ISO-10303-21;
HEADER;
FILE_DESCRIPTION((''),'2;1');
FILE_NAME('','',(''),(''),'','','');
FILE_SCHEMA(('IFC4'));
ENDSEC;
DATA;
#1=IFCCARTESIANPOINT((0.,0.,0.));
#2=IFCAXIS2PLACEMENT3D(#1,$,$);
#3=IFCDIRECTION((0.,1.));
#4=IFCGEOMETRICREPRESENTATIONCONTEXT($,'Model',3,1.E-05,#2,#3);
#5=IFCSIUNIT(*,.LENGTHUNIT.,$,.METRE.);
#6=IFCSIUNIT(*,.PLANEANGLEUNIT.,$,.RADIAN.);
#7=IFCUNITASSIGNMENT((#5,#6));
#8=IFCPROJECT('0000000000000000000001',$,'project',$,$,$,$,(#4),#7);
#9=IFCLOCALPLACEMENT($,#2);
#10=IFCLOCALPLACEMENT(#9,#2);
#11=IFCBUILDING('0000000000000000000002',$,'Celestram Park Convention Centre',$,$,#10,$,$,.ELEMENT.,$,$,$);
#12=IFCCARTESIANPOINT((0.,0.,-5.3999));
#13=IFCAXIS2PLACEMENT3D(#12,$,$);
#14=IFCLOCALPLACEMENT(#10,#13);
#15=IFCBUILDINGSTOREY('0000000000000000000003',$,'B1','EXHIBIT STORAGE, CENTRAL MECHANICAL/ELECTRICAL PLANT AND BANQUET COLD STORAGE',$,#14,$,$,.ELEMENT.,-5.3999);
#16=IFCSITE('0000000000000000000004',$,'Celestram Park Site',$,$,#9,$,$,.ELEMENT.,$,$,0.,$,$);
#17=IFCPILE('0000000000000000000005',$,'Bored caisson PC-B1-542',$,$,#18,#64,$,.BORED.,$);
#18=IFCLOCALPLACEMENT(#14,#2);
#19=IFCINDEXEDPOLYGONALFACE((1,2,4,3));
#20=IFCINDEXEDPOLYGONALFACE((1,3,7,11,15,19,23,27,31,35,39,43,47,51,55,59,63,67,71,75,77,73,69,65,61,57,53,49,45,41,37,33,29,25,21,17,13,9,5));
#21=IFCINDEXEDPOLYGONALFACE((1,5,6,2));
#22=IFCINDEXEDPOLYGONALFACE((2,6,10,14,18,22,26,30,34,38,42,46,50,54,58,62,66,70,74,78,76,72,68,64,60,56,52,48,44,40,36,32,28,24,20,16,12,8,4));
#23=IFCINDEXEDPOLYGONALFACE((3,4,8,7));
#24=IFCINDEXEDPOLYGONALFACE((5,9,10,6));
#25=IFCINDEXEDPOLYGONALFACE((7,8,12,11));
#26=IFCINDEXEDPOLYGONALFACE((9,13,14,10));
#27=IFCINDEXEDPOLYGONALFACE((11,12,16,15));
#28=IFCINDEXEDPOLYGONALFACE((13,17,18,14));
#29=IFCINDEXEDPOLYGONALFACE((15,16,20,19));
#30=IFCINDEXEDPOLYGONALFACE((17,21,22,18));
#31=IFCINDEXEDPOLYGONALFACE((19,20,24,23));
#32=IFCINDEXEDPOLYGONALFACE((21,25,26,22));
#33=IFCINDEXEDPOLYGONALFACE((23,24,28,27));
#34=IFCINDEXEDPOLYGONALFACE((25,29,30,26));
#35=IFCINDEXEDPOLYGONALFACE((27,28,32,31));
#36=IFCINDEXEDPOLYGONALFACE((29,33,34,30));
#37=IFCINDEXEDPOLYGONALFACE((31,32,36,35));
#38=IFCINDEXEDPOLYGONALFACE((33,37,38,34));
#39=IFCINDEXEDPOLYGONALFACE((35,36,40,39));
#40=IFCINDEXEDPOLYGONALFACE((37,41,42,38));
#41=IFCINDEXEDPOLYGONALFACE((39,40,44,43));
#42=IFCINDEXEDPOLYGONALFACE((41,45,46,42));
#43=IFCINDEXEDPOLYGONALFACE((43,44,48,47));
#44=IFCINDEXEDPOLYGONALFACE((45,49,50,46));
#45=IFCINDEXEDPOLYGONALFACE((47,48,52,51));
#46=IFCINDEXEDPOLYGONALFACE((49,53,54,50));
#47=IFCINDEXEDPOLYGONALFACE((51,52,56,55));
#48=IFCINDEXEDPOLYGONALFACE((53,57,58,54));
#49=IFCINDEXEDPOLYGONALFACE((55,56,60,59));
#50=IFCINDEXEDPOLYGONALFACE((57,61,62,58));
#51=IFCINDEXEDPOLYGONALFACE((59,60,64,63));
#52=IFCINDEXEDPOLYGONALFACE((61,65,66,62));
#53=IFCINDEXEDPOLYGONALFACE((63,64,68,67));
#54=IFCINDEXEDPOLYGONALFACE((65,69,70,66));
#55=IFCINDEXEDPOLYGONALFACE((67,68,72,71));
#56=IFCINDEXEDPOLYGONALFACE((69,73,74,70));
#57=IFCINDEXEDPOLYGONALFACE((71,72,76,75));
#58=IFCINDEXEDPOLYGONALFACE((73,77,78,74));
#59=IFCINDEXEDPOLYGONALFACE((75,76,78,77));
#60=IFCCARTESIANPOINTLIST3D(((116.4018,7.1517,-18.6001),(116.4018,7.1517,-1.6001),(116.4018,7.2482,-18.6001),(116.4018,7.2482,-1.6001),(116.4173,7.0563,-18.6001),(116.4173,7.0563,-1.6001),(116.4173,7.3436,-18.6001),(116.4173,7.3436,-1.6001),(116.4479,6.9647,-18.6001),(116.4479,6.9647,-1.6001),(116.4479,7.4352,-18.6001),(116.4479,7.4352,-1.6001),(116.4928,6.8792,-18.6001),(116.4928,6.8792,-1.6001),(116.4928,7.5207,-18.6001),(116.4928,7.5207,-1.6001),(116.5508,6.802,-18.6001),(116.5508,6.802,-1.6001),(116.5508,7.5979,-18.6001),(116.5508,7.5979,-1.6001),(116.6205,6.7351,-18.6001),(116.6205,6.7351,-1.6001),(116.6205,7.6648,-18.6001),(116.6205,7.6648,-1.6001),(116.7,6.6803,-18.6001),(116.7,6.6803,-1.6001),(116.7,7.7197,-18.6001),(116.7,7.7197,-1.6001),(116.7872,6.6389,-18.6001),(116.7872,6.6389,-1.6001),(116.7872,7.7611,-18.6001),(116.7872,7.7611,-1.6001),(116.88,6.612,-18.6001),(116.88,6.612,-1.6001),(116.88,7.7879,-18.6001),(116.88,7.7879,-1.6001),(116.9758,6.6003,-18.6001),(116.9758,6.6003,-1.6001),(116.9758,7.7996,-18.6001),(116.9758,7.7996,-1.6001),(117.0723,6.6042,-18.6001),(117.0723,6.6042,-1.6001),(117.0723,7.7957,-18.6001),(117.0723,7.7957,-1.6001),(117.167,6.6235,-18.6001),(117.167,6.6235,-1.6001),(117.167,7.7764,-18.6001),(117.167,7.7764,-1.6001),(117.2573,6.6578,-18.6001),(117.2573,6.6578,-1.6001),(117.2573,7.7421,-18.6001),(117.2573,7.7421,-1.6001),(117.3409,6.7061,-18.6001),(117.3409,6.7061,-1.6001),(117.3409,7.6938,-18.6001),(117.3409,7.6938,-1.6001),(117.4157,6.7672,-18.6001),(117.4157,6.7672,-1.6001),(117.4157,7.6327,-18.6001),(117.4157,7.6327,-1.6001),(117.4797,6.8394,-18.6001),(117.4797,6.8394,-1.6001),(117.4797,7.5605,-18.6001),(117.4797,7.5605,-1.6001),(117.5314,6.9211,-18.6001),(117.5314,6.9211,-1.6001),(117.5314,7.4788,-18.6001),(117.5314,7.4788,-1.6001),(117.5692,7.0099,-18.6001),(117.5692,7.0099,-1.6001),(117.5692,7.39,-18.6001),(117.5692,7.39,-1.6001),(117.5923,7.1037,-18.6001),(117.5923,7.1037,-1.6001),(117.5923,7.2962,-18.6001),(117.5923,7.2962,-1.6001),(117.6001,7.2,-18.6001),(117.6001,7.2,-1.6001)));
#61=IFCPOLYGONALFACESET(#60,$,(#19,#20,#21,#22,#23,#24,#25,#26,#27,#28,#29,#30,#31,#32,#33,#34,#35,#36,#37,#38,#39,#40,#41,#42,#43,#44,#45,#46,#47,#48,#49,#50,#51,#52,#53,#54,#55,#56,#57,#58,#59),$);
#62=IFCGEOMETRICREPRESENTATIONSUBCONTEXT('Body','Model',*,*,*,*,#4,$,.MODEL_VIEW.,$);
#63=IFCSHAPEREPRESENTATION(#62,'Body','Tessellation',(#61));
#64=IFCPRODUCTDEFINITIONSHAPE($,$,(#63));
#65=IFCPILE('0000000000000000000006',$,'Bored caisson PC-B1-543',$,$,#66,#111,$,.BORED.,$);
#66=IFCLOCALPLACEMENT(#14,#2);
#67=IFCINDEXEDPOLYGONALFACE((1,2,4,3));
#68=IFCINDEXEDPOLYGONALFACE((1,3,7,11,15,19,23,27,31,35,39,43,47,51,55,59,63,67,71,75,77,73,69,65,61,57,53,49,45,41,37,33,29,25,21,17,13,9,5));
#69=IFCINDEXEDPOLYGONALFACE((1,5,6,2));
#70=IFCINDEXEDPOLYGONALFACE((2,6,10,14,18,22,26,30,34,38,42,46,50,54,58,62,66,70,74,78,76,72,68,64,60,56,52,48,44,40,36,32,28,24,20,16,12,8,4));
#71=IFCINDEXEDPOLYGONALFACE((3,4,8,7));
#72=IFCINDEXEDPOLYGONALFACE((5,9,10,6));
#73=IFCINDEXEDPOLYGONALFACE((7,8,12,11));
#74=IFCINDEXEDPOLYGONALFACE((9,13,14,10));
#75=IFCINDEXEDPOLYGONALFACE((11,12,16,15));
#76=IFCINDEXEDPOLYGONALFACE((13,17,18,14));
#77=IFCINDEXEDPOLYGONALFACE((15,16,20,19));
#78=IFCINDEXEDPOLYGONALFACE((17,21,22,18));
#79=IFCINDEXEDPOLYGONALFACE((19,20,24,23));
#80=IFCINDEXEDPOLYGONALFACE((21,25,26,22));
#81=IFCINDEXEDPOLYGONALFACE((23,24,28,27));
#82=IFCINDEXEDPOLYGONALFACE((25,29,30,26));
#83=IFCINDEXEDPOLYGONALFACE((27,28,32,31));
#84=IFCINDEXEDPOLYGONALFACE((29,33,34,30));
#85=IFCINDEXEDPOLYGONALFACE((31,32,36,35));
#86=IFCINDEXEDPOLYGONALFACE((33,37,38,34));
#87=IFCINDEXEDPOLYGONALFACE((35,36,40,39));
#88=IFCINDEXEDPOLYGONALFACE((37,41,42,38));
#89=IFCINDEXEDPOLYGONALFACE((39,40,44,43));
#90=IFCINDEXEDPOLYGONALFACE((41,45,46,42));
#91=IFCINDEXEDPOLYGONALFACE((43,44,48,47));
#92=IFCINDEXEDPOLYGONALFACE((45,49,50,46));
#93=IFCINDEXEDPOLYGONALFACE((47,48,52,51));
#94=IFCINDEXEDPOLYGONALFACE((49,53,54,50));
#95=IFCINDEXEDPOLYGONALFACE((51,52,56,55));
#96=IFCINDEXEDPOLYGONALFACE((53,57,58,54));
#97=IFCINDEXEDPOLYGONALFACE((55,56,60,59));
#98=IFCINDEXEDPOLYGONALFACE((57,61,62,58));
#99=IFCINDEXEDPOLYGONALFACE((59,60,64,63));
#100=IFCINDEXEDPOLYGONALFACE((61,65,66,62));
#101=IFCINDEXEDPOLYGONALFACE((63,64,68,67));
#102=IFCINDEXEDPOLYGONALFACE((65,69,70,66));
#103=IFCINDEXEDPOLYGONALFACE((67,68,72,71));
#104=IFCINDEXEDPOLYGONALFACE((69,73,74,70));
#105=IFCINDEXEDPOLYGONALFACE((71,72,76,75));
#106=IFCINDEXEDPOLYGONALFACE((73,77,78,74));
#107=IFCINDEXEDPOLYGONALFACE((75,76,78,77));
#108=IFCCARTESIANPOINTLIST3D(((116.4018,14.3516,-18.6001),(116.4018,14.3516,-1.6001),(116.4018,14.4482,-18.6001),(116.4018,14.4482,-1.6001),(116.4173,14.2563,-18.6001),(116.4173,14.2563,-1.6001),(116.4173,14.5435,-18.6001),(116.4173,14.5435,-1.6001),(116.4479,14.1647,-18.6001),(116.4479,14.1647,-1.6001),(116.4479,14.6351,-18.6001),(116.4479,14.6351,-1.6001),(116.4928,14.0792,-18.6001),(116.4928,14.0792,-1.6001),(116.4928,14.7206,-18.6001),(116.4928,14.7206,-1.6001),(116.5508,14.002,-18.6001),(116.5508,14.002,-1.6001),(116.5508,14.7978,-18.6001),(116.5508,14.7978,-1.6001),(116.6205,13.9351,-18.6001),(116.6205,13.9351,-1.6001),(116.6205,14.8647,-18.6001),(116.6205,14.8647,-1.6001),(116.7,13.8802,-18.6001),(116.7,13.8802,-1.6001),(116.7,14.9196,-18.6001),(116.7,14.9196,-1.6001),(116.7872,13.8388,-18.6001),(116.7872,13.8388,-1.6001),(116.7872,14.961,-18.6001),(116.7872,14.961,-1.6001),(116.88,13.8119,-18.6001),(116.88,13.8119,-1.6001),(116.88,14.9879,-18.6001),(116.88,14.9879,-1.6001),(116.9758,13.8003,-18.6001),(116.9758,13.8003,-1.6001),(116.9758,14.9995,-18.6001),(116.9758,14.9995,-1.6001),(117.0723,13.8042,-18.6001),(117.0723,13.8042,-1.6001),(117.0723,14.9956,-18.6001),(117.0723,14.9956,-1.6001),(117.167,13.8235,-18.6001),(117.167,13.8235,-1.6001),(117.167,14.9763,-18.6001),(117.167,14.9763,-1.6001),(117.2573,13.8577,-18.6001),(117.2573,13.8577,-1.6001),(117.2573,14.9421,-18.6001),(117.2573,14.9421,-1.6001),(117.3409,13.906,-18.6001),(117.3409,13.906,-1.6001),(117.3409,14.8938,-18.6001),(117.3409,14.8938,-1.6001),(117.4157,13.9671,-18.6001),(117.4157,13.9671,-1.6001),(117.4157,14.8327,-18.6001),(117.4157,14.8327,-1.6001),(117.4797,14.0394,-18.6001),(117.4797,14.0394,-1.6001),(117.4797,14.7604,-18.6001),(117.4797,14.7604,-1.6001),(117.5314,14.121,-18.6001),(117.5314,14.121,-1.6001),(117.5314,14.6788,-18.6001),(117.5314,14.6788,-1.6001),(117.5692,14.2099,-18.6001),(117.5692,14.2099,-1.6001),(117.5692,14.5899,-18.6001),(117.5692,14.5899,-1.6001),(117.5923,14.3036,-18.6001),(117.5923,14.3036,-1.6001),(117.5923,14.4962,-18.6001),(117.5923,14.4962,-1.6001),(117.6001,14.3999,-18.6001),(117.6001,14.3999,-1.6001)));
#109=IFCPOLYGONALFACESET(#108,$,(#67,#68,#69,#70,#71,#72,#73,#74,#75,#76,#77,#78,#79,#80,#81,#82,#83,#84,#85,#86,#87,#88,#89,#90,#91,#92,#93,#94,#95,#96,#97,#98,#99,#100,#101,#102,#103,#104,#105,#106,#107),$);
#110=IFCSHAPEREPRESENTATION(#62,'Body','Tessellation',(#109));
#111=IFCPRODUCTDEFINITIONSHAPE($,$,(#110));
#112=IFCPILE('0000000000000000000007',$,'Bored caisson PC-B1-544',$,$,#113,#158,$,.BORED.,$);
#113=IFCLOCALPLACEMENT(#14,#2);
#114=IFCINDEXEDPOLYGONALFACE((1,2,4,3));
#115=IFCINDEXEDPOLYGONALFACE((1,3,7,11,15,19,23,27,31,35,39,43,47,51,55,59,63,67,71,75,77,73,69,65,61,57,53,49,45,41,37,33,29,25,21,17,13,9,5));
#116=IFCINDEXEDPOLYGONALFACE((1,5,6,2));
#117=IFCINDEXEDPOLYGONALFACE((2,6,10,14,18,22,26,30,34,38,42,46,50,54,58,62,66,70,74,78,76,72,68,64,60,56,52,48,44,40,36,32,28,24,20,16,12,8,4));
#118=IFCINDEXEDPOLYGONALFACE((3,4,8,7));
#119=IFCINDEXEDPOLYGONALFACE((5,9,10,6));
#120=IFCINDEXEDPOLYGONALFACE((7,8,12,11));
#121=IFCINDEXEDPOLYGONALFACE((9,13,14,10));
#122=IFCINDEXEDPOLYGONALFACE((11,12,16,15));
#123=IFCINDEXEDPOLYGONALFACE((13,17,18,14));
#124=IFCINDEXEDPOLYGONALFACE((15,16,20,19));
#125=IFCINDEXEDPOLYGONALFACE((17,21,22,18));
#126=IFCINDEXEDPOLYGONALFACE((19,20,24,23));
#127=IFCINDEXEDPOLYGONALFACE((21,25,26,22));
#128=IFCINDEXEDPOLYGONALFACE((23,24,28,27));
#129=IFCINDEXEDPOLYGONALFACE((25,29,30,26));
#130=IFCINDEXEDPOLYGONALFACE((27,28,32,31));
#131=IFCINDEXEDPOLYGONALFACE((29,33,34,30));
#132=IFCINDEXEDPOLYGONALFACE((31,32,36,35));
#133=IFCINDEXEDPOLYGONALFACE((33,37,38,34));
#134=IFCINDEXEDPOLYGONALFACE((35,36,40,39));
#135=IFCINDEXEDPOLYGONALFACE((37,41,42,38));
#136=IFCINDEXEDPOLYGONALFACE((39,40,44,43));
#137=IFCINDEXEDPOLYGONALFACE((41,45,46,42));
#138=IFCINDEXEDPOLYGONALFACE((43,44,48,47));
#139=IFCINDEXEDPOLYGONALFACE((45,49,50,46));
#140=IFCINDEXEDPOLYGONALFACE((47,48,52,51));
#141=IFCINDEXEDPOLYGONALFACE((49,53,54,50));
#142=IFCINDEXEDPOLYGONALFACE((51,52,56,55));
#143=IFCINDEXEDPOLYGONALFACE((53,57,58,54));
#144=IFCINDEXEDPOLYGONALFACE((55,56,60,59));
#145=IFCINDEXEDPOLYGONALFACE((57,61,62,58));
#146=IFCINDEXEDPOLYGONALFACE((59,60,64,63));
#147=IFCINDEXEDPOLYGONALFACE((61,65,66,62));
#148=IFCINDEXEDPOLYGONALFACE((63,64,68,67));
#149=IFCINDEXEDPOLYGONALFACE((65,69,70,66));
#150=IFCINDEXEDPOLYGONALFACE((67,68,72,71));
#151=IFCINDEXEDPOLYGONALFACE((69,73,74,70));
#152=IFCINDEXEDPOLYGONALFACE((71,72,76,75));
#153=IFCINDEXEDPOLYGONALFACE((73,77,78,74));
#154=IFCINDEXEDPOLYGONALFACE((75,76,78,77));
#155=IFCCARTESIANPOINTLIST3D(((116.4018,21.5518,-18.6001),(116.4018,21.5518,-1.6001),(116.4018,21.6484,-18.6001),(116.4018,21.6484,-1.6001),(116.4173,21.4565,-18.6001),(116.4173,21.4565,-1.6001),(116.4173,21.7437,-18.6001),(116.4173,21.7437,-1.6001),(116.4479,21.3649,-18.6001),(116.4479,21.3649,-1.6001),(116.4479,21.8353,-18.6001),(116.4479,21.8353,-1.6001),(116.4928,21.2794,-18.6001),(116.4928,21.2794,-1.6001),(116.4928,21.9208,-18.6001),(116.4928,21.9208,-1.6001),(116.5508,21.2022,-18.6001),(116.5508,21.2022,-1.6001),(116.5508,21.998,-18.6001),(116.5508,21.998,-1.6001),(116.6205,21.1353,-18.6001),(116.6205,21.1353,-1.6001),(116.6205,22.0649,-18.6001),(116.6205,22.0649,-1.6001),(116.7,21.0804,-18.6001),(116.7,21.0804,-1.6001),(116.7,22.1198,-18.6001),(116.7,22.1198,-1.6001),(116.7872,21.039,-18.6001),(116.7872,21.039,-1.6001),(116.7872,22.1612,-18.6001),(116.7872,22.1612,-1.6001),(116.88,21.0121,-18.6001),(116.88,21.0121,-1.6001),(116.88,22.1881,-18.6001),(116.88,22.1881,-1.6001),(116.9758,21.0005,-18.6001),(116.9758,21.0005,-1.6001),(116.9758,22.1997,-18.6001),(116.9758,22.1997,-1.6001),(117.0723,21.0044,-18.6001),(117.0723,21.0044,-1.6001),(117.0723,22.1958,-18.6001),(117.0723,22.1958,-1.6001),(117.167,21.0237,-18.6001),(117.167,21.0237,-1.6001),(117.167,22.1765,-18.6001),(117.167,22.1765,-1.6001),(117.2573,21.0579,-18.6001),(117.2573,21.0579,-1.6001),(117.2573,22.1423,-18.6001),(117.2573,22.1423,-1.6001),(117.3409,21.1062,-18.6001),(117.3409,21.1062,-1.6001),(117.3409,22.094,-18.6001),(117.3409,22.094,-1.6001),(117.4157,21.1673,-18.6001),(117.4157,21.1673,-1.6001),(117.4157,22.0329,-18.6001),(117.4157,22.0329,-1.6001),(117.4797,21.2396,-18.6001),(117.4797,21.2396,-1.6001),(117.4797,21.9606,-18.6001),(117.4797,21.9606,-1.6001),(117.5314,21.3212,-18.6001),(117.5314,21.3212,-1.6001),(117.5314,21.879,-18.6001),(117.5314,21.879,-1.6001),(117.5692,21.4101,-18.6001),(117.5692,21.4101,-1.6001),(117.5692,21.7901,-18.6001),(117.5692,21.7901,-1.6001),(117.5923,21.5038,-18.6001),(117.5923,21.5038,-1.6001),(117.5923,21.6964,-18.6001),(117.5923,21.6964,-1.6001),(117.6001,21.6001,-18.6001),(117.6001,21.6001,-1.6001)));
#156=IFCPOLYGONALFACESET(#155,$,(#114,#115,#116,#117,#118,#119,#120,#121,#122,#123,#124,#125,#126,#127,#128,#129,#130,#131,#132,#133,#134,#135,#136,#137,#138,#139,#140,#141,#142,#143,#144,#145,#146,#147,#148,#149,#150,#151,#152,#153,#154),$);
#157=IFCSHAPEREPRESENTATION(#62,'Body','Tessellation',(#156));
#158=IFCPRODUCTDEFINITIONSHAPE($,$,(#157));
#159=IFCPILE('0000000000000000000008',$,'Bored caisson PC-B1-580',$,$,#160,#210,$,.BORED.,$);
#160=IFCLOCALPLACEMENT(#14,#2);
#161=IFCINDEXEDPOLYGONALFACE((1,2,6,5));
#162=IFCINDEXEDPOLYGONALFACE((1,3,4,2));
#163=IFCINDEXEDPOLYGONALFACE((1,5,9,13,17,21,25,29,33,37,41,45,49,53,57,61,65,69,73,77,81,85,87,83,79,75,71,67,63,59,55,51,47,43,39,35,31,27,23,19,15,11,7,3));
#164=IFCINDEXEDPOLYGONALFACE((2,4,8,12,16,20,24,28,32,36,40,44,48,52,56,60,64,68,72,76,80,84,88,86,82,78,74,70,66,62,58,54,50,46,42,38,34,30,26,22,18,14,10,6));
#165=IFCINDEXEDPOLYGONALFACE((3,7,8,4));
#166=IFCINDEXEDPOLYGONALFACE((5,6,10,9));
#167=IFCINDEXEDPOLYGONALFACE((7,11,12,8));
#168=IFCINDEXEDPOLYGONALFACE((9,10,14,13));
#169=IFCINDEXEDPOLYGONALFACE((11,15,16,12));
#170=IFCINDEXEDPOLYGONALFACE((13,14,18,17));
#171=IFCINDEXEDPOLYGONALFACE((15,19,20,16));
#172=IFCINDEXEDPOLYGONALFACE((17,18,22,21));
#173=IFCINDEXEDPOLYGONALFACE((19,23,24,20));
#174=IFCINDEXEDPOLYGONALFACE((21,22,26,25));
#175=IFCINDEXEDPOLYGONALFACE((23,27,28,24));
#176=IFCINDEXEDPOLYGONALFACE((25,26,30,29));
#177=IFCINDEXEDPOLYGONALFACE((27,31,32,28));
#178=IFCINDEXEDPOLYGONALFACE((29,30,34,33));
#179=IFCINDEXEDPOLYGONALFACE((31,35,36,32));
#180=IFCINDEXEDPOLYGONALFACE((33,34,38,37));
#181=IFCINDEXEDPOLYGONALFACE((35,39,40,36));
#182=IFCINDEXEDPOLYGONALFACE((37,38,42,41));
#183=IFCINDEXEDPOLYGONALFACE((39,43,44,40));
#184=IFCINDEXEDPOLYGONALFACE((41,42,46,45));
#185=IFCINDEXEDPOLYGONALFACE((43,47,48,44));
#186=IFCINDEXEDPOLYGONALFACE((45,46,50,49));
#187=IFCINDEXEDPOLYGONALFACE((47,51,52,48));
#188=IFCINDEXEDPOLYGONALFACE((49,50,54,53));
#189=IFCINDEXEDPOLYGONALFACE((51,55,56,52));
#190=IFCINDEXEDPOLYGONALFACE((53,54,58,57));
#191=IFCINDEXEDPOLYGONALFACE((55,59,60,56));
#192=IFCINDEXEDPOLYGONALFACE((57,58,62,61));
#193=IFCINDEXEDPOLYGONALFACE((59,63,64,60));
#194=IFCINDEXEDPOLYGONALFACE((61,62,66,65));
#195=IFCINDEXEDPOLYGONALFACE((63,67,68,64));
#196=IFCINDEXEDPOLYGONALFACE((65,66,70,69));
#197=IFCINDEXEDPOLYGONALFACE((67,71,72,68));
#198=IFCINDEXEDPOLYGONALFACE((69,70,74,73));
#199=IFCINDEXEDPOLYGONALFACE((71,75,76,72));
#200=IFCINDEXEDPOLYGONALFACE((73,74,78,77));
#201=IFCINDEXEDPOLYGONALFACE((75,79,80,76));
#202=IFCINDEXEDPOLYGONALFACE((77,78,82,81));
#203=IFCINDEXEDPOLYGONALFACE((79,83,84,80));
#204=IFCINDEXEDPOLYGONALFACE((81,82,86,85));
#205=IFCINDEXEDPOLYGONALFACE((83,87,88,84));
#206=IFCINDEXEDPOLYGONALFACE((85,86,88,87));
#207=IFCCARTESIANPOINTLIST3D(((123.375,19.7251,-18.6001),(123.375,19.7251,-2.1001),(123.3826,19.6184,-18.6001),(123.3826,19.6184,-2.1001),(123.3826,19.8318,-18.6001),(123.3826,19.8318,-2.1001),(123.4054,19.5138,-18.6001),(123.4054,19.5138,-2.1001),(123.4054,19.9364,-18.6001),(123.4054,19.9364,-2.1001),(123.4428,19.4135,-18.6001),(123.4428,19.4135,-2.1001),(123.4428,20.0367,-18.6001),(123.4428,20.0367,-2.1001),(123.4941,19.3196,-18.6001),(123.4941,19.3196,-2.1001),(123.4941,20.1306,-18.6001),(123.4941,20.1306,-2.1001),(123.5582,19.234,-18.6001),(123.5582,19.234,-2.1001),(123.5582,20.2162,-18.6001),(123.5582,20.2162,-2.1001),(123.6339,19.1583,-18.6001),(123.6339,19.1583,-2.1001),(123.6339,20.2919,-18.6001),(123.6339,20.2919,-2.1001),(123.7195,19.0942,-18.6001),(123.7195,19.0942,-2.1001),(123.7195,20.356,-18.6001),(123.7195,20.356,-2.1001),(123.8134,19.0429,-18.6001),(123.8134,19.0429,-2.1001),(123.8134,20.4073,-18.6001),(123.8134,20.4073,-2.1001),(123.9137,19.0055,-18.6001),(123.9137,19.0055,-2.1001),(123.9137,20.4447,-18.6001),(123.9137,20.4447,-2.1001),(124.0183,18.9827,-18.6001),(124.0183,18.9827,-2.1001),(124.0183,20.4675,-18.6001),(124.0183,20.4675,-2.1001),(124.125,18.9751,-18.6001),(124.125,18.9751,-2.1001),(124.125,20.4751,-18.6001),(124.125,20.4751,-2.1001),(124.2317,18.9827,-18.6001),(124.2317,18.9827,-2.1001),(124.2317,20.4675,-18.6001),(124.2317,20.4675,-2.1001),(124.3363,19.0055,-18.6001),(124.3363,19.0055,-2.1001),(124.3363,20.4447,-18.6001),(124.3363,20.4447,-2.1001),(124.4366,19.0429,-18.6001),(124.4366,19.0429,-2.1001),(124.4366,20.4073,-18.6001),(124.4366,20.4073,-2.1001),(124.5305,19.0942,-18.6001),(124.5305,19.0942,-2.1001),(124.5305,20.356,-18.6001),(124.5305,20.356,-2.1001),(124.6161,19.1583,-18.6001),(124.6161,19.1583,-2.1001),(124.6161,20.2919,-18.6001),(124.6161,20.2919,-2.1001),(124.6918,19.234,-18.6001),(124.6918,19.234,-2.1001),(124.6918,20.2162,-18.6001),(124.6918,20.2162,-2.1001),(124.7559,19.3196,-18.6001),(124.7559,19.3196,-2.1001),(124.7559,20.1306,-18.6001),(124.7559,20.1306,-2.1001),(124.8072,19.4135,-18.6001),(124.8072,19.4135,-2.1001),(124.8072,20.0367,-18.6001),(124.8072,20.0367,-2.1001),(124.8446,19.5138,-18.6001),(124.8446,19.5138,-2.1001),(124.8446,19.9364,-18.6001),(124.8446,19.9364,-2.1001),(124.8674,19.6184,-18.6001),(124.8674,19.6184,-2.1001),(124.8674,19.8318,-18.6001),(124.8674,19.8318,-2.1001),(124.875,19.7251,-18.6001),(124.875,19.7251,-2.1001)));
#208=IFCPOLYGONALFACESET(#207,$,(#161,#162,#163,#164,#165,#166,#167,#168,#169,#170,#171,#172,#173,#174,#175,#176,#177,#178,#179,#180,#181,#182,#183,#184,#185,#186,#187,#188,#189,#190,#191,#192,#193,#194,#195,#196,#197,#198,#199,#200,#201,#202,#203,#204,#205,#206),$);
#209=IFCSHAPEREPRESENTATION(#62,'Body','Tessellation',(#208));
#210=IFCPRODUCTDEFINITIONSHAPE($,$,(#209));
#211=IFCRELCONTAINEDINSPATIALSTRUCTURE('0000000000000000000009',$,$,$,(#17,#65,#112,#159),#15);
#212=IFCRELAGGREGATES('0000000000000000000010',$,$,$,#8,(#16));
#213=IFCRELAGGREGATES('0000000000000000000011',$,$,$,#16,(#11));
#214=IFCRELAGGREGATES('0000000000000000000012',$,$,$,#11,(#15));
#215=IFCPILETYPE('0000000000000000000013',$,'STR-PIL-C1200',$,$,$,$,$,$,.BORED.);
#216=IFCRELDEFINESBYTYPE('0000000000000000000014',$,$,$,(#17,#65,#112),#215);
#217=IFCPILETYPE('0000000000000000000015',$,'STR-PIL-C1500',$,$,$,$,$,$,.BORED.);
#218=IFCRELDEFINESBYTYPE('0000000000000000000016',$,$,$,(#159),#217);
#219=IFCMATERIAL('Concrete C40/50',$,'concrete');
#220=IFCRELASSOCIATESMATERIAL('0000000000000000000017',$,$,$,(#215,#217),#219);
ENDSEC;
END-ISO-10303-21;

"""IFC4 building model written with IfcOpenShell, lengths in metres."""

from ifc_helpers import new_model, si_unit, direction, frame, origin, origin_2d, place, context, subcontext, project, spatial, circle, extrude, material, material_profile, profile_set, type_object, element, save


model = new_model("IFC4")

# Units and contexts
model_context = context("Model", 3, precision=1e-05, world=origin(), true_north=direction((0.0, 1.0)))
body_context = subcontext(model_context, "Body", "Model", "MODEL_VIEW")
ifc_project = project(units=[si_unit("LENGTHUNIT", "METRE"), si_unit("PLANEANGLEUNIT", "RADIAN")], contexts=[model_context])

# Site, building, storey
site_placement = place(None, origin())
site = spatial("IfcSite", under=ifc_project, at=site_placement, Name="Celestram Park Site", CompositionType="ELEMENT", RefElevation=0.0)
building_placement = place(site_placement, origin())
building = spatial("IfcBuilding", under=site, at=building_placement, Name="Celestram Park Convention Centre", CompositionType="ELEMENT")
storey_placement = place(building_placement, frame((0.0, 0.0, -5.3999)))
storey = spatial("IfcBuildingStorey", under=building, at=storey_placement, Name="B1", Description="EXHIBIT STORAGE, CENTRAL MECHANICAL/ELECTRICAL PLANT AND BANQUET COLD STORAGE", CompositionType="ELEMENT", Elevation=-5.3999)

# Shared definitions
ifc_material_1 = material(Name="Concrete C40/50", Category="concrete")

# Piles
ifc_material_profile_1 = material_profile(ifc_material_1, circle(Radius=0.6001, at=origin_2d()), Name="CAISSON1200")
ifc_profile_set_1 = profile_set([ifc_material_profile_1], Name="Concrete C40/50")
pile_type_1 = type_object("IfcPileType", Name="STR-PIL-C1200", PredefinedType="BORED", material=ifc_profile_set_1)
for number, where, z_axis, x_axis, name in (
    (1, (117.0, 7.2, -1.6001), (0.0, 0.0, -1.0), (1.0, 0.0, 0.0), "Bored caisson PC-B1-542"),
    (2, (117.0, 14.3999, -1.6001), (0.0, 0.0, -1.0), (1.0, 0.0, 0.0), "Bored caisson PC-B1-543"),
    (3, (117.0, 21.6001, -1.6001), (0.0, 0.0, -1.0), (1.0, 0.0, 0.0), "Bored caisson PC-B1-544"),
):
    element("IfcPile", number, at=place(storey_placement, frame(where, z_axis=z_axis, x_axis=x_axis)), inside=storey, type_object=pile_type_1, Name=name, PredefinedType="BORED", context=body_context, shape_type="SweptSolid", body=[
        extrude(circle(Radius=0.6001, at=origin_2d()), origin(), (0.0, 0.0, 1.0), 17.0),
    ])
ifc_material_profile_2 = material_profile(ifc_material_1, circle(Radius=0.75, at=origin_2d()), Name="CAISSON1500")
ifc_profile_set_2 = profile_set([ifc_material_profile_2], Name="Concrete C40/50")
pile_type_2 = type_object("IfcPileType", Name="STR-PIL-C1500", PredefinedType="BORED", material=ifc_profile_set_2)
for number, where, z_axis, x_axis, name in (
    (4, (124.125, 19.7251, -2.1001), (0.0, 0.0, -1.0), (1.0, 0.0, 0.0), "Bored caisson PC-B1-580"),
):
    element("IfcPile", number, at=place(storey_placement, frame(where, z_axis=z_axis, x_axis=x_axis)), inside=storey, type_object=pile_type_2, Name=name, PredefinedType="BORED", context=body_context, shape_type="SweptSolid", body=[
        extrude(circle(Radius=0.75, at=origin_2d()), origin(), (0.0, 0.0, 1.0), 16.5),
    ])

save(model, "model.ifc")
